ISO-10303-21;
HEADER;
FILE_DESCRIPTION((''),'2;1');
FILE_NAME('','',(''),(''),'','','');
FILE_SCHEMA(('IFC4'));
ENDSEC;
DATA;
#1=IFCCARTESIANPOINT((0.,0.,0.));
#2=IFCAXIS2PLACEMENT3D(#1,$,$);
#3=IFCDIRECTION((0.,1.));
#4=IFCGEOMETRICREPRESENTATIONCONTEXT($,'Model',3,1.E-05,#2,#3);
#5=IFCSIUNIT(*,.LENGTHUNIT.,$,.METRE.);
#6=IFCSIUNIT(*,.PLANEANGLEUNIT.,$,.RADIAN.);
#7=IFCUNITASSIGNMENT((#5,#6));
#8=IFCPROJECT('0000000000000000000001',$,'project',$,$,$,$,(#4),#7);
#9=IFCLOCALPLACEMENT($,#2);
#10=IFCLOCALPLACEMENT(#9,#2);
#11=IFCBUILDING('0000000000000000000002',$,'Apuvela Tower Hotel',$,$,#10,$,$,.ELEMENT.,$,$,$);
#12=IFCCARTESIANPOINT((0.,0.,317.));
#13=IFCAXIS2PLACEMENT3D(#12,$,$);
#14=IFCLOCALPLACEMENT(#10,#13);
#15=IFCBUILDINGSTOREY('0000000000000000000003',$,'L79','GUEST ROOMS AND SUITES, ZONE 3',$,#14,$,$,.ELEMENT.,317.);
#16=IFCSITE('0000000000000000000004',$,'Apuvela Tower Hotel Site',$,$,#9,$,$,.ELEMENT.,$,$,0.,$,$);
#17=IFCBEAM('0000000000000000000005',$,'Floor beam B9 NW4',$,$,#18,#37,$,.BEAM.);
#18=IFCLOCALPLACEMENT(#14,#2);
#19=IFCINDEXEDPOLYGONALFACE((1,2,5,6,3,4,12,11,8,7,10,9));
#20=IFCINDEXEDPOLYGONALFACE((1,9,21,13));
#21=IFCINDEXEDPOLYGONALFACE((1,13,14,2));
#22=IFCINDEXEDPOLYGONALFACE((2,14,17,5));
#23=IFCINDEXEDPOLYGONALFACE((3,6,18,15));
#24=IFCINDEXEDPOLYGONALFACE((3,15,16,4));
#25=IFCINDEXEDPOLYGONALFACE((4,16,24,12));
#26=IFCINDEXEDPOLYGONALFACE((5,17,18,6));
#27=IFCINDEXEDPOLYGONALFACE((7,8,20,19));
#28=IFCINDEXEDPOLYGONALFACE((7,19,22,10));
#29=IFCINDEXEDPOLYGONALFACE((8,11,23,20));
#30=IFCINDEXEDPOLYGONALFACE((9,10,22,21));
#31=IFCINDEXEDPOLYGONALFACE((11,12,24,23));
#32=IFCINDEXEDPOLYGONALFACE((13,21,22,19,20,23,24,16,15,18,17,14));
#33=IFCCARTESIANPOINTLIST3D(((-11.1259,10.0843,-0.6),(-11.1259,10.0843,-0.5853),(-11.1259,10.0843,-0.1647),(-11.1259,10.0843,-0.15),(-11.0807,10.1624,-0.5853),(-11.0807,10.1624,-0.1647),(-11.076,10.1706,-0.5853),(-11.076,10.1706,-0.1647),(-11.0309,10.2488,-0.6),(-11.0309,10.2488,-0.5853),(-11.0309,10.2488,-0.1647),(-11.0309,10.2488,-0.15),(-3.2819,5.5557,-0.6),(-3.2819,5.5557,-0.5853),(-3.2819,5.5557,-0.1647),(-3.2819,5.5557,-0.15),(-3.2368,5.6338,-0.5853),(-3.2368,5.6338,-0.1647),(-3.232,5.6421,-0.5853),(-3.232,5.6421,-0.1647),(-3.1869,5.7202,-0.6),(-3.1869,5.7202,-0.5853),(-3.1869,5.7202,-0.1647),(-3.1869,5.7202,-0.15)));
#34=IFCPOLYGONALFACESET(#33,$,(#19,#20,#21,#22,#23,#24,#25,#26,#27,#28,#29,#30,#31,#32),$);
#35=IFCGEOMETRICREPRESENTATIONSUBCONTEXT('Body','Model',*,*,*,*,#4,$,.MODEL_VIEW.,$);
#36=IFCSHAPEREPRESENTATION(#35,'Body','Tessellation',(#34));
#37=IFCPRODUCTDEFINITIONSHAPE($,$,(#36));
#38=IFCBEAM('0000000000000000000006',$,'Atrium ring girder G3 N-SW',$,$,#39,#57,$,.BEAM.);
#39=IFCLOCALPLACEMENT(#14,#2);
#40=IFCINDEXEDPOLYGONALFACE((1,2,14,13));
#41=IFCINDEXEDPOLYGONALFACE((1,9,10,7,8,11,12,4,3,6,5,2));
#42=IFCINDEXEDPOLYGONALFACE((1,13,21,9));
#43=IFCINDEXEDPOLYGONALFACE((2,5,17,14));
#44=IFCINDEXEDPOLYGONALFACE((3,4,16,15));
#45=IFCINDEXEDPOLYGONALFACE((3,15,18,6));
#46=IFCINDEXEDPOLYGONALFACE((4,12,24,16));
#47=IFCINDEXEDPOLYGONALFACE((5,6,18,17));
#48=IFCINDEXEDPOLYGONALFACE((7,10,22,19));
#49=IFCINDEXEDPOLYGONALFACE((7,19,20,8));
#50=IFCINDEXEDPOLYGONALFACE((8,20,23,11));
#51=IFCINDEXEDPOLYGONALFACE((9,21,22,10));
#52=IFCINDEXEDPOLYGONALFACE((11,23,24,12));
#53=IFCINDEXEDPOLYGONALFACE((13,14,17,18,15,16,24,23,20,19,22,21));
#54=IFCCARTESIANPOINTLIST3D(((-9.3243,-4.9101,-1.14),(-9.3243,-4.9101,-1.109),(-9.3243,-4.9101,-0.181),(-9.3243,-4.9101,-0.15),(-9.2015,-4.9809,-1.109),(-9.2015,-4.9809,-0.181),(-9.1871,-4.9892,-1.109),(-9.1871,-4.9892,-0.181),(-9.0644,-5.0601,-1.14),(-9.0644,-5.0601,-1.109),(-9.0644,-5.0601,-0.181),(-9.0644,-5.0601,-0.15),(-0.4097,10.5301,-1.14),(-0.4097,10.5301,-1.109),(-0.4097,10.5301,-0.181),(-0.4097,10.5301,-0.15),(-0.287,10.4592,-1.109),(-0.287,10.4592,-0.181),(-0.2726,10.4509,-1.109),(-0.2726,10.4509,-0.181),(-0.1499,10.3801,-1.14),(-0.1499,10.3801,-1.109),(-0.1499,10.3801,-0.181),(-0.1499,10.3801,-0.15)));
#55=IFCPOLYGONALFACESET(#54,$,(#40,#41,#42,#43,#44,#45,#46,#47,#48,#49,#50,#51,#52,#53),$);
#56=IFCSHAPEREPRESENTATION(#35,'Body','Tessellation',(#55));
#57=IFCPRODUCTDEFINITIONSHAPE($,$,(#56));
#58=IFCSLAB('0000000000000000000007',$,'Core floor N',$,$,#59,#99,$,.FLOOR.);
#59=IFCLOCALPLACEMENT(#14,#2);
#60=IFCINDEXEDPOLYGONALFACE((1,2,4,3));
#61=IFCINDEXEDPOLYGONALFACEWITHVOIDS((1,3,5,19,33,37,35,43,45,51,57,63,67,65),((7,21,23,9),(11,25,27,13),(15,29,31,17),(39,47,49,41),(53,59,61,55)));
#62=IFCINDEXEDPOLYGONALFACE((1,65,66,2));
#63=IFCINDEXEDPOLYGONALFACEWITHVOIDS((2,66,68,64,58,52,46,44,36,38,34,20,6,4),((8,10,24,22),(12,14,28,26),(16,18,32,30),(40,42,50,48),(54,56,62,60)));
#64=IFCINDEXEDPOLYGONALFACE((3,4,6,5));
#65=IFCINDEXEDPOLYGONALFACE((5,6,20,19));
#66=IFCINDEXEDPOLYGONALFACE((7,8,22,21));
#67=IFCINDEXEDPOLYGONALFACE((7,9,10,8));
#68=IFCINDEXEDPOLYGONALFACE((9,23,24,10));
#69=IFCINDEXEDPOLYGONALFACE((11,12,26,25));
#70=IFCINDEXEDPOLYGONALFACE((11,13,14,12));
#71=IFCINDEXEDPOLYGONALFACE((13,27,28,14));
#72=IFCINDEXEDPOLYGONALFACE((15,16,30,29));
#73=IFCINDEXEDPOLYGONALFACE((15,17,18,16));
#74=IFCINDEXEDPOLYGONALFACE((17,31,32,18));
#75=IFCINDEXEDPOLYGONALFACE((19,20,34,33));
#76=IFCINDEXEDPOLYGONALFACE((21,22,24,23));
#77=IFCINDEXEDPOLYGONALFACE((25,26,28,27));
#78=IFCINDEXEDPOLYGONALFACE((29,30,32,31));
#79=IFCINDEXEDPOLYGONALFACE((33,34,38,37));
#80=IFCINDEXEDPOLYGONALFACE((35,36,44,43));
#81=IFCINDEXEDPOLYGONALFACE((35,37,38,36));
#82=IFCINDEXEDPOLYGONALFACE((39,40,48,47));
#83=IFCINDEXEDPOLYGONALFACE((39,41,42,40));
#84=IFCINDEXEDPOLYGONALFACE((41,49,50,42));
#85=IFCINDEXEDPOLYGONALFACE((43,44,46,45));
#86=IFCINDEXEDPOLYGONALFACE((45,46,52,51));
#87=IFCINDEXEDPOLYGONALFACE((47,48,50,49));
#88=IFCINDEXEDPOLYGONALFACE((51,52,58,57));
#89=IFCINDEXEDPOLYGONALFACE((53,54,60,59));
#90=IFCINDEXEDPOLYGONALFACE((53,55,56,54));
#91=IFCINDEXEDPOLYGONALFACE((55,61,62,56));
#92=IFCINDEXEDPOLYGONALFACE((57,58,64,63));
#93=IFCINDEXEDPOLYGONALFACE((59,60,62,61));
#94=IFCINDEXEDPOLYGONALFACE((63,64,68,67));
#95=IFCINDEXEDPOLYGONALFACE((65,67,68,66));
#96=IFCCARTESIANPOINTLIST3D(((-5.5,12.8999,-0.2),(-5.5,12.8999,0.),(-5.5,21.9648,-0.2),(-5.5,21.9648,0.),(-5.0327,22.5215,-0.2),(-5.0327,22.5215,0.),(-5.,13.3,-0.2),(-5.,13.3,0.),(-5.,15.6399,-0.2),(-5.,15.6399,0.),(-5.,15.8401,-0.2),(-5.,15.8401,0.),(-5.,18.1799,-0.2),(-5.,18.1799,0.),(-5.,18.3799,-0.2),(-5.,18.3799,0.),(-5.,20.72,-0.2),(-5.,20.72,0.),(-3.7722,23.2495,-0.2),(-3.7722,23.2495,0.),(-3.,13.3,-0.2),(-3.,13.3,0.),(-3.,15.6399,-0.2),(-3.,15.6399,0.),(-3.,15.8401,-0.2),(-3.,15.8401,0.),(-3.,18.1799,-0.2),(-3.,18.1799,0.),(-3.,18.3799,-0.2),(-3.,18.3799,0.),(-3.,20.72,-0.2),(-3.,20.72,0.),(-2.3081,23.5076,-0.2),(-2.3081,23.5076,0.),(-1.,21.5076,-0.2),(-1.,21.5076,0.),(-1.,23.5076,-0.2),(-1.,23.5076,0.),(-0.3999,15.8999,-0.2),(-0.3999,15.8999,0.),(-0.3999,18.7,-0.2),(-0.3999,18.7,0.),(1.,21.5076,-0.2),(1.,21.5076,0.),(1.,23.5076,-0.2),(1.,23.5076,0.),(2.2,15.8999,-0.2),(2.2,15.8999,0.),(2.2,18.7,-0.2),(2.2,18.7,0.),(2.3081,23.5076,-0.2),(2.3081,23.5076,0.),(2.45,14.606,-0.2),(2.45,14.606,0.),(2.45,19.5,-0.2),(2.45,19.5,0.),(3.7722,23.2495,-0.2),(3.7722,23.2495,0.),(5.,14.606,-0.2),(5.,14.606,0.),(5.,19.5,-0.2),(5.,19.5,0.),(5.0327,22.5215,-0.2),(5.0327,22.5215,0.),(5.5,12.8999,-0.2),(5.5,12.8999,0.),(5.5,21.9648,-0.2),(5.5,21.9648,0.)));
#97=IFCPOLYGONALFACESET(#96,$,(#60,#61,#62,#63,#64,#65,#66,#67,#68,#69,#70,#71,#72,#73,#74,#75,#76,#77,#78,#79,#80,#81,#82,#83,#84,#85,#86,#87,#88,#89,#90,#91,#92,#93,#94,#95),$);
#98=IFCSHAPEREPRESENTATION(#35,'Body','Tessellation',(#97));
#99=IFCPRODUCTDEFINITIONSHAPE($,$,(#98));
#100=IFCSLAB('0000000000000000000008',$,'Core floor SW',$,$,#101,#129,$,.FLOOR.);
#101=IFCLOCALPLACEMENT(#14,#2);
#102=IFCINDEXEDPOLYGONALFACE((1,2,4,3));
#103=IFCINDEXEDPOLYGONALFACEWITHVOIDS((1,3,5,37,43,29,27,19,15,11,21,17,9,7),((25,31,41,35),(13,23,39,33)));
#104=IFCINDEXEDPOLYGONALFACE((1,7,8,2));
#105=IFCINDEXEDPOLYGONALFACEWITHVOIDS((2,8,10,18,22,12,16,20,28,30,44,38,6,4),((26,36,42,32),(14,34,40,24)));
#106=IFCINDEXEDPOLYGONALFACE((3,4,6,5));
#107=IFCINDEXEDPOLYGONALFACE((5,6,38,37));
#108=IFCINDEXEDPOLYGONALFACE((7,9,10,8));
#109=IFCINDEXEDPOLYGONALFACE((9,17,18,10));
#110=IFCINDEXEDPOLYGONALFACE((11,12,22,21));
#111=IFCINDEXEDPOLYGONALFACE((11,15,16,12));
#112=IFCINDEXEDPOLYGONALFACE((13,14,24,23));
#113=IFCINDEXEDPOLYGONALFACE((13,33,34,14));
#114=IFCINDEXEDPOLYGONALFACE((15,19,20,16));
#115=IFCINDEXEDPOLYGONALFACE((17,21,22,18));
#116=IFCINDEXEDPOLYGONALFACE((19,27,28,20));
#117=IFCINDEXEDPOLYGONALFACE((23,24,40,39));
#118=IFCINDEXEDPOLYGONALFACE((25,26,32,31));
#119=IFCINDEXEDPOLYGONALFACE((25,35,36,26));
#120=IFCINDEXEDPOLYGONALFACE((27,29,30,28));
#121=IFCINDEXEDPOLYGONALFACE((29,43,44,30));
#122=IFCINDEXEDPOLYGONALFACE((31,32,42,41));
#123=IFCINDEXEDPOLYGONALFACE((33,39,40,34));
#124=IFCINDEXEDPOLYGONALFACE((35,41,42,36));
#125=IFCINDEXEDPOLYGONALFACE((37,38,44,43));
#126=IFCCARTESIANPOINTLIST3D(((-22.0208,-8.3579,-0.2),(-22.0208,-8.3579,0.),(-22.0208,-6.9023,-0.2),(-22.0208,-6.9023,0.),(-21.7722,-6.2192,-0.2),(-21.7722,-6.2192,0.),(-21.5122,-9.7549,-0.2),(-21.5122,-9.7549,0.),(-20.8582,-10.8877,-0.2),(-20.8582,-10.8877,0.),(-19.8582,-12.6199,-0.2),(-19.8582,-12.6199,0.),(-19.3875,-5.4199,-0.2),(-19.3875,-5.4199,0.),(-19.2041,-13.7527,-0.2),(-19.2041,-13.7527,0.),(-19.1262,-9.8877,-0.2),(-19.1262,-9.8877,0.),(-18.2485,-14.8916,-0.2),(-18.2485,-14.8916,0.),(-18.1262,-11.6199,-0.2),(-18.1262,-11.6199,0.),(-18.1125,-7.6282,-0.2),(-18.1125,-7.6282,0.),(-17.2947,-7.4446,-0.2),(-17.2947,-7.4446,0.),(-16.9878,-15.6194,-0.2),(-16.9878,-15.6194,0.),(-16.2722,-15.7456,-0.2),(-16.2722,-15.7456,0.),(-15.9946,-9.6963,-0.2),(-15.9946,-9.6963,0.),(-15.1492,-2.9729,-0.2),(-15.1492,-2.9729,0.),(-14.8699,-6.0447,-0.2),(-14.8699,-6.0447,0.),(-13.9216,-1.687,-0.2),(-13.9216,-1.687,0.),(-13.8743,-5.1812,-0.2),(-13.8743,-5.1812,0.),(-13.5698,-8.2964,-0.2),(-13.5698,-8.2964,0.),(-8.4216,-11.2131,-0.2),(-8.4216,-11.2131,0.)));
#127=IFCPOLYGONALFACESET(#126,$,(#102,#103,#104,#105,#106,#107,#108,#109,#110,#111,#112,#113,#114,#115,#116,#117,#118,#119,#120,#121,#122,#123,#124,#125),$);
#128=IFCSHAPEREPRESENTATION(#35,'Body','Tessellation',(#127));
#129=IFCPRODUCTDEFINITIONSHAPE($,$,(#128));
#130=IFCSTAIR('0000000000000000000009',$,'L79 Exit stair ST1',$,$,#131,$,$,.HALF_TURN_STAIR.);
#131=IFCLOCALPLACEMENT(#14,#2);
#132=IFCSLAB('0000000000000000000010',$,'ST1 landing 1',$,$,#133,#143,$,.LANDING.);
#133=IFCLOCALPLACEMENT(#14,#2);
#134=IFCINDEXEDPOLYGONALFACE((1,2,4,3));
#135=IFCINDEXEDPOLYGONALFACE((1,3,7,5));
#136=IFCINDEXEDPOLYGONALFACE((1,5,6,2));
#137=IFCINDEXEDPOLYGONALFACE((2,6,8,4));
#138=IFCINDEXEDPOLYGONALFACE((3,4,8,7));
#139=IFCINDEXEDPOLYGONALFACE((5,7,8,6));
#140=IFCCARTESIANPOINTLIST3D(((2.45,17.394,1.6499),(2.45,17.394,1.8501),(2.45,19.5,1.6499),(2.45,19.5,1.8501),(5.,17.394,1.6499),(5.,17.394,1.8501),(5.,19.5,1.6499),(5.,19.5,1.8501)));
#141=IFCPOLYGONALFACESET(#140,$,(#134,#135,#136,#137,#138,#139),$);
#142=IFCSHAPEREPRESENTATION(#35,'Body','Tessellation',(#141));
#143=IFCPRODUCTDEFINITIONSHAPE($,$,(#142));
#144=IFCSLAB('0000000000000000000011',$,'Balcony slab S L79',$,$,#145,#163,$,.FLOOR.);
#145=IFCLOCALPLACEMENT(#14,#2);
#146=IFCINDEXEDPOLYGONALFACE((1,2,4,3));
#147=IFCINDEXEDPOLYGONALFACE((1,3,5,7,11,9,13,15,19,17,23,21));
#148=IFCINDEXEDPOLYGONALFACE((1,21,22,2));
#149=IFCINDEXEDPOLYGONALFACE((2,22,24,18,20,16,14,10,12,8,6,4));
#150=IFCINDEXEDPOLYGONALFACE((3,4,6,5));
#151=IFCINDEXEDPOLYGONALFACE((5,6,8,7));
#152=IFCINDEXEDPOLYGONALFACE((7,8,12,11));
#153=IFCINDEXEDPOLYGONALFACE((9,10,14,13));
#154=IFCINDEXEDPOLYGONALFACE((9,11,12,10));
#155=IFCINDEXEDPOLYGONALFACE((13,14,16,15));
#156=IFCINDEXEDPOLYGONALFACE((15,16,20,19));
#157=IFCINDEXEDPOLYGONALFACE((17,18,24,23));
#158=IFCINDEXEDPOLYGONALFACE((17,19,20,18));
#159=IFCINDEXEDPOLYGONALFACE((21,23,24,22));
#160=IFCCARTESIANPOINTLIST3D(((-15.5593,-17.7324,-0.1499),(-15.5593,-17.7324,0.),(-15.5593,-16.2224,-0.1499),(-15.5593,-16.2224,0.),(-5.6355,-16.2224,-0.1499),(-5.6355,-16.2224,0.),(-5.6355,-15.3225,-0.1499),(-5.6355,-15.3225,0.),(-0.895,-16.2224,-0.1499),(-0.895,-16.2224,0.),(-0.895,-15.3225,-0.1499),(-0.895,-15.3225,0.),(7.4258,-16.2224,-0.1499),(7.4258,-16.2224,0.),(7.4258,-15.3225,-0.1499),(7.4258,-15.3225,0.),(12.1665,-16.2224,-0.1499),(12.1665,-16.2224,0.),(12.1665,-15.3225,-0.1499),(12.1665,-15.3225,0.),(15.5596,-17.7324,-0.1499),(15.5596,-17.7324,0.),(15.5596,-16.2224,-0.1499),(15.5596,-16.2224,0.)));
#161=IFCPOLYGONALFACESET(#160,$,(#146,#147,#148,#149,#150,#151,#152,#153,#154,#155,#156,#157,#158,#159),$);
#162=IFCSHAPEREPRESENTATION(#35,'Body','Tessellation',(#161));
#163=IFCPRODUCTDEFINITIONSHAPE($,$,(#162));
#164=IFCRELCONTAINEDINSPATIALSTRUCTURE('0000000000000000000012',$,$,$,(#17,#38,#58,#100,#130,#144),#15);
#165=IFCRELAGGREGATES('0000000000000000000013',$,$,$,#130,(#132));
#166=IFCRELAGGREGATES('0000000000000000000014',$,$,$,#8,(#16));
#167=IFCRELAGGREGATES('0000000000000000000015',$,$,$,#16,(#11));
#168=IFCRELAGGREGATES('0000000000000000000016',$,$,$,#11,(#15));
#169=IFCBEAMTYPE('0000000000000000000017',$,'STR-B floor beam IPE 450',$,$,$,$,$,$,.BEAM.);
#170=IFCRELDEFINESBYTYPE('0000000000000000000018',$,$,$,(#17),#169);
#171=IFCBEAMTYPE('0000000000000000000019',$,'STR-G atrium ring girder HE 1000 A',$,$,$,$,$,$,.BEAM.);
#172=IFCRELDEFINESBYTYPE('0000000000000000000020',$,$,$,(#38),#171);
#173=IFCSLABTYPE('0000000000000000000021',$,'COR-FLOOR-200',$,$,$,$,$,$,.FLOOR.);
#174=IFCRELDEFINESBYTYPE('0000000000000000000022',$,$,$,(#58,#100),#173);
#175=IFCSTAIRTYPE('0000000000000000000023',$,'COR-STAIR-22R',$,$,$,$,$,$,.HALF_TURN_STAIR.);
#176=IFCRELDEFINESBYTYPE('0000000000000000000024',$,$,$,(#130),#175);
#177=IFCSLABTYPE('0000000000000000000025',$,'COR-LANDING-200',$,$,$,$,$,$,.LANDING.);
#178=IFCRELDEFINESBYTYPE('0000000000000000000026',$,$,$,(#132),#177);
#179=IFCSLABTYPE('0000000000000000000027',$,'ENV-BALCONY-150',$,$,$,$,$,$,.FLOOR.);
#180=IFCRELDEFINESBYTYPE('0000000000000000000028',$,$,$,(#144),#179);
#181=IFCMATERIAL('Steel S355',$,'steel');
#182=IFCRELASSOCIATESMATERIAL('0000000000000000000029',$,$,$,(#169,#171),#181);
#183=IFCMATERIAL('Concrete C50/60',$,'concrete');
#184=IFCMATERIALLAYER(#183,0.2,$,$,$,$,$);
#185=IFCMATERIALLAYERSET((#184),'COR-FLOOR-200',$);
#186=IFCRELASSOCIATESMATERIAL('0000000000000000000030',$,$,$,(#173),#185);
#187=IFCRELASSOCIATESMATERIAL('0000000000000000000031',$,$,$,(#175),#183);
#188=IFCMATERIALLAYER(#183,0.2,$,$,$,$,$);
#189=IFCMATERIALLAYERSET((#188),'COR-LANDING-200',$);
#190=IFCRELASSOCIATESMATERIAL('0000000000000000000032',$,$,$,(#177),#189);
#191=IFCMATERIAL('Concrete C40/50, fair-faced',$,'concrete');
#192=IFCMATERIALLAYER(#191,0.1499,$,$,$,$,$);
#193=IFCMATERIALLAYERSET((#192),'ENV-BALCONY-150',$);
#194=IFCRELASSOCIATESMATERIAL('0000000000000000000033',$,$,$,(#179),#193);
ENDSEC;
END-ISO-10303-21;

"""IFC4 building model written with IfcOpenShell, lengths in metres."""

from ifc_helpers import new_model, si_unit, direction, frame, origin, origin_2d, place, context, subcontext, project, spatial, polyline, i_section, outline, extrude, material, layer, layer_set, material_profile, profile_set, type_object, element, aggregate, save


model = new_model("IFC4")

# Units and contexts
model_context = context("Model", 3, precision=1e-05, world=origin(), true_north=direction((0.0, 1.0)))
body_context = subcontext(model_context, "Body", "Model", "MODEL_VIEW")
ifc_project = project(units=[si_unit("LENGTHUNIT", "METRE"), si_unit("PLANEANGLEUNIT", "RADIAN")], contexts=[model_context])

# Site, building, storey
site_placement = place(None, origin())
site = spatial("IfcSite", under=ifc_project, at=site_placement, Name="Apuvela Tower Hotel Site", CompositionType="ELEMENT", RefElevation=0.0)
building_placement = place(site_placement, origin())
building = spatial("IfcBuilding", under=site, at=building_placement, Name="Apuvela Tower Hotel", CompositionType="ELEMENT")
storey_placement = place(building_placement, frame((0.0, 0.0, 317.0)))
storey = spatial("IfcBuildingStorey", under=building, at=storey_placement, Name="L79", Description="GUEST ROOMS AND SUITES, ZONE 3", CompositionType="ELEMENT", Elevation=317.0)

# Beams
ifc_material_1 = material(Name="Steel S355", Category="steel")
ifc_material_profile_1 = material_profile(ifc_material_1, i_section(OverallWidth=0.1899, OverallDepth=0.45, WebThickness=0.0095, FlangeThickness=0.0146, at=origin_2d()), Name="IPE 450")
ifc_profile_set_1 = profile_set([ifc_material_profile_1], Name="Steel S355")
beam_type_1 = type_object("IfcBeamType", Name="STR-B floor beam IPE 450", PredefinedType="BEAM", material=ifc_profile_set_1)
beam_1_placement = place(storey_placement, frame((-11.0784, 10.1665, -0.375), z_axis=(0.866033, -0.499986, 0.0), x_axis=(0.499986, 0.866033, 0.0)))
element("IfcBeam", 1, at=beam_1_placement, inside=storey, type_object=beam_type_1, Name="Floor beam B9 NW4", PredefinedType="BEAM", context=body_context, shape_type="SweptSolid", body=[
    extrude(i_section(OverallWidth=0.1899, OverallDepth=0.45, WebThickness=0.0095, FlangeThickness=0.0146, at=origin_2d()), origin(), (0.0, 0.0, 1.0), 9.0574),
])
ifc_material_profile_2 = material_profile(ifc_material_1, i_section(OverallWidth=0.3, OverallDepth=0.99, WebThickness=0.0166, FlangeThickness=0.031, at=origin_2d()), Name="HE 1000 A")
ifc_profile_set_2 = profile_set([ifc_material_profile_2], Name="Steel S355")
beam_type_2 = type_object("IfcBeamType", Name="STR-G atrium ring girder HE 1000 A", PredefinedType="BEAM", material=ifc_profile_set_2)
beam_2_placement = place(storey_placement, frame((-0.2798, 10.4551, -0.645), z_axis=(-0.500007, -0.866022, 0.0), x_axis=(0.866022, -0.500007, 0.0)))
element("IfcBeam", 2, at=beam_2_placement, inside=storey, type_object=beam_type_2, Name="Atrium ring girder G3 N-SW", PredefinedType="BEAM", context=body_context, shape_type="SweptSolid", body=[
    extrude(i_section(OverallWidth=0.3, OverallDepth=0.99, WebThickness=0.0166, FlangeThickness=0.031, at=origin_2d()), origin(), (0.0, 0.0, 1.0), 17.8289),
])

# Slabs
ifc_material_2 = material(Name="Concrete C50/60", Category="concrete")
ifc_layer_1 = layer(ifc_material_2, 0.2)
ifc_layer_set_1 = layer_set([ifc_layer_1], Name="COR-FLOOR-200")
slab_type_1 = type_object("IfcSlabType", Name="COR-FLOOR-200", PredefinedType="FLOOR", material=ifc_layer_set_1)
slab_1_placement = place(storey_placement, frame((0.0, 0.0, -0.2)))
element("IfcSlab", 3, at=slab_1_placement, inside=storey, type_object=slab_type_1, Name="Core floor N", PredefinedType="FLOOR", context=body_context, shape_type="SweptSolid", body=[
    extrude(outline(polyline([(5.5, 21.9648), (5.0327, 22.5215), (3.7722, 23.2495), (2.3081, 23.5076), (1.0, 23.5076), (1.0, 21.5076), (-1.0, 21.5076), (-1.0, 23.5076), (-2.3081, 23.5076), (-3.7722, 23.2495), (-5.0327, 22.5215), (-5.5, 21.9648), (-5.5, 12.8999), (5.5, 12.8999), (5.5, 21.9648)]), holes=[polyline([(-3.0, 13.3), (-5.0, 13.3), (-5.0, 15.6399), (-3.0, 15.6399), (-3.0, 13.3)]), polyline([(-3.0, 15.8401), (-5.0, 15.8401), (-5.0, 18.1799), (-3.0, 18.1799), (-3.0, 15.8401)]), polyline([(5.0, 14.606), (2.45, 14.606), (2.45, 19.5), (5.0, 19.5), (5.0, 14.606)]), polyline([(2.2, 18.7), (2.2, 15.8999), (-0.3999, 15.8999), (-0.3999, 18.7), (2.2, 18.7)]), polyline([(-3.0, 20.72), (-3.0, 18.3799), (-5.0, 18.3799), (-5.0, 20.72), (-3.0, 20.72)])]), origin(), (0.0, 0.0, 1.0), 0.2),
])
slab_2_placement = place(storey_placement, frame((0.0, 0.0, -0.2)))
element("IfcSlab", 4, at=slab_2_placement, inside=storey, type_object=slab_type_1, Name="Core floor SW", PredefinedType="FLOOR", context=body_context, shape_type="SweptSolid", body=[
    extrude(outline(polyline([(-21.7722, -6.2192), (-22.0208, -6.9023), (-22.0208, -8.3579), (-21.5122, -9.7549), (-20.8582, -10.8877), (-19.1262, -9.8877), (-18.1262, -11.6199), (-19.8582, -12.6199), (-19.2041, -13.7527), (-18.2485, -14.8916), (-16.9878, -15.6194), (-16.2722, -15.7456), (-8.4216, -11.2131), (-13.9216, -1.687), (-21.7722, -6.2192)]), holes=[polyline([(-13.8743, -5.1812), (-18.1125, -7.6282), (-19.3875, -5.4199), (-15.1492, -2.9729), (-13.8743, -5.1812)]), polyline([(-13.5698, -8.2964), (-15.9946, -9.6963), (-17.2947, -7.4446), (-14.8699, -6.0447), (-13.5698, -8.2964)])]), origin(), (0.0, 0.0, 1.0), 0.2),
])

# Stair, slab
stair_type = type_object("IfcStairType", Name="COR-STAIR-22R", PredefinedType="HALF_TURN_STAIR", material=ifc_material_2)
stair_placement = place(storey_placement, origin())
stair = element("IfcStair", 5, at=stair_placement, inside=storey, type_object=stair_type, Name="L79 Exit stair ST1", PredefinedType="HALF_TURN_STAIR")
ifc_layer_2 = layer(ifc_material_2, 0.2)
ifc_layer_set_2 = layer_set([ifc_layer_2], Name="COR-LANDING-200")
slab_type_2 = type_object("IfcSlabType", Name="COR-LANDING-200", PredefinedType="LANDING", material=ifc_layer_set_2)
slab_3_placement = place(storey_placement, frame((0.0, 0.0, 1.6499)))
slab_3 = element("IfcSlab", 6, at=slab_3_placement, type_object=slab_type_2, Name="ST1 landing 1", PredefinedType="LANDING", context=body_context, shape_type="SweptSolid", body=[
    extrude(outline(polyline([(5.0, 17.394), (5.0, 19.5), (2.45, 19.5), (2.45, 17.394), (5.0, 17.394)])), origin(), (0.0, 0.0, 1.0), 0.2002),
])
aggregate(stair, [slab_3])

# Slab
ifc_material_3 = material(Name="Concrete C40/50, fair-faced", Category="concrete")
ifc_layer_3 = layer(ifc_material_3, 0.1499)
ifc_layer_set_3 = layer_set([ifc_layer_3], Name="ENV-BALCONY-150")
slab_type_3 = type_object("IfcSlabType", Name="ENV-BALCONY-150", PredefinedType="FLOOR", material=ifc_layer_set_3)
slab_4_placement = place(storey_placement, frame((0.0, 0.0, -0.1499)))
element("IfcSlab", 7, at=slab_4_placement, inside=storey, type_object=slab_type_3, Name="Balcony slab S L79", PredefinedType="FLOOR", context=body_context, shape_type="SweptSolid", body=[
    extrude(outline(polyline([(15.5596, -17.7324), (-15.5593, -17.7324), (-15.5593, -16.2224), (-5.6355, -16.2224), (-5.6355, -15.3225), (-0.895, -15.3225), (-0.895, -16.2224), (7.4258, -16.2224), (7.4258, -15.3225), (12.1665, -15.3225), (12.1665, -16.2224), (15.5596, -16.2224), (15.5596, -17.7324)])), origin(), (0.0, 0.0, 1.0), 0.1499),
])

save(model, "model.ifc")
